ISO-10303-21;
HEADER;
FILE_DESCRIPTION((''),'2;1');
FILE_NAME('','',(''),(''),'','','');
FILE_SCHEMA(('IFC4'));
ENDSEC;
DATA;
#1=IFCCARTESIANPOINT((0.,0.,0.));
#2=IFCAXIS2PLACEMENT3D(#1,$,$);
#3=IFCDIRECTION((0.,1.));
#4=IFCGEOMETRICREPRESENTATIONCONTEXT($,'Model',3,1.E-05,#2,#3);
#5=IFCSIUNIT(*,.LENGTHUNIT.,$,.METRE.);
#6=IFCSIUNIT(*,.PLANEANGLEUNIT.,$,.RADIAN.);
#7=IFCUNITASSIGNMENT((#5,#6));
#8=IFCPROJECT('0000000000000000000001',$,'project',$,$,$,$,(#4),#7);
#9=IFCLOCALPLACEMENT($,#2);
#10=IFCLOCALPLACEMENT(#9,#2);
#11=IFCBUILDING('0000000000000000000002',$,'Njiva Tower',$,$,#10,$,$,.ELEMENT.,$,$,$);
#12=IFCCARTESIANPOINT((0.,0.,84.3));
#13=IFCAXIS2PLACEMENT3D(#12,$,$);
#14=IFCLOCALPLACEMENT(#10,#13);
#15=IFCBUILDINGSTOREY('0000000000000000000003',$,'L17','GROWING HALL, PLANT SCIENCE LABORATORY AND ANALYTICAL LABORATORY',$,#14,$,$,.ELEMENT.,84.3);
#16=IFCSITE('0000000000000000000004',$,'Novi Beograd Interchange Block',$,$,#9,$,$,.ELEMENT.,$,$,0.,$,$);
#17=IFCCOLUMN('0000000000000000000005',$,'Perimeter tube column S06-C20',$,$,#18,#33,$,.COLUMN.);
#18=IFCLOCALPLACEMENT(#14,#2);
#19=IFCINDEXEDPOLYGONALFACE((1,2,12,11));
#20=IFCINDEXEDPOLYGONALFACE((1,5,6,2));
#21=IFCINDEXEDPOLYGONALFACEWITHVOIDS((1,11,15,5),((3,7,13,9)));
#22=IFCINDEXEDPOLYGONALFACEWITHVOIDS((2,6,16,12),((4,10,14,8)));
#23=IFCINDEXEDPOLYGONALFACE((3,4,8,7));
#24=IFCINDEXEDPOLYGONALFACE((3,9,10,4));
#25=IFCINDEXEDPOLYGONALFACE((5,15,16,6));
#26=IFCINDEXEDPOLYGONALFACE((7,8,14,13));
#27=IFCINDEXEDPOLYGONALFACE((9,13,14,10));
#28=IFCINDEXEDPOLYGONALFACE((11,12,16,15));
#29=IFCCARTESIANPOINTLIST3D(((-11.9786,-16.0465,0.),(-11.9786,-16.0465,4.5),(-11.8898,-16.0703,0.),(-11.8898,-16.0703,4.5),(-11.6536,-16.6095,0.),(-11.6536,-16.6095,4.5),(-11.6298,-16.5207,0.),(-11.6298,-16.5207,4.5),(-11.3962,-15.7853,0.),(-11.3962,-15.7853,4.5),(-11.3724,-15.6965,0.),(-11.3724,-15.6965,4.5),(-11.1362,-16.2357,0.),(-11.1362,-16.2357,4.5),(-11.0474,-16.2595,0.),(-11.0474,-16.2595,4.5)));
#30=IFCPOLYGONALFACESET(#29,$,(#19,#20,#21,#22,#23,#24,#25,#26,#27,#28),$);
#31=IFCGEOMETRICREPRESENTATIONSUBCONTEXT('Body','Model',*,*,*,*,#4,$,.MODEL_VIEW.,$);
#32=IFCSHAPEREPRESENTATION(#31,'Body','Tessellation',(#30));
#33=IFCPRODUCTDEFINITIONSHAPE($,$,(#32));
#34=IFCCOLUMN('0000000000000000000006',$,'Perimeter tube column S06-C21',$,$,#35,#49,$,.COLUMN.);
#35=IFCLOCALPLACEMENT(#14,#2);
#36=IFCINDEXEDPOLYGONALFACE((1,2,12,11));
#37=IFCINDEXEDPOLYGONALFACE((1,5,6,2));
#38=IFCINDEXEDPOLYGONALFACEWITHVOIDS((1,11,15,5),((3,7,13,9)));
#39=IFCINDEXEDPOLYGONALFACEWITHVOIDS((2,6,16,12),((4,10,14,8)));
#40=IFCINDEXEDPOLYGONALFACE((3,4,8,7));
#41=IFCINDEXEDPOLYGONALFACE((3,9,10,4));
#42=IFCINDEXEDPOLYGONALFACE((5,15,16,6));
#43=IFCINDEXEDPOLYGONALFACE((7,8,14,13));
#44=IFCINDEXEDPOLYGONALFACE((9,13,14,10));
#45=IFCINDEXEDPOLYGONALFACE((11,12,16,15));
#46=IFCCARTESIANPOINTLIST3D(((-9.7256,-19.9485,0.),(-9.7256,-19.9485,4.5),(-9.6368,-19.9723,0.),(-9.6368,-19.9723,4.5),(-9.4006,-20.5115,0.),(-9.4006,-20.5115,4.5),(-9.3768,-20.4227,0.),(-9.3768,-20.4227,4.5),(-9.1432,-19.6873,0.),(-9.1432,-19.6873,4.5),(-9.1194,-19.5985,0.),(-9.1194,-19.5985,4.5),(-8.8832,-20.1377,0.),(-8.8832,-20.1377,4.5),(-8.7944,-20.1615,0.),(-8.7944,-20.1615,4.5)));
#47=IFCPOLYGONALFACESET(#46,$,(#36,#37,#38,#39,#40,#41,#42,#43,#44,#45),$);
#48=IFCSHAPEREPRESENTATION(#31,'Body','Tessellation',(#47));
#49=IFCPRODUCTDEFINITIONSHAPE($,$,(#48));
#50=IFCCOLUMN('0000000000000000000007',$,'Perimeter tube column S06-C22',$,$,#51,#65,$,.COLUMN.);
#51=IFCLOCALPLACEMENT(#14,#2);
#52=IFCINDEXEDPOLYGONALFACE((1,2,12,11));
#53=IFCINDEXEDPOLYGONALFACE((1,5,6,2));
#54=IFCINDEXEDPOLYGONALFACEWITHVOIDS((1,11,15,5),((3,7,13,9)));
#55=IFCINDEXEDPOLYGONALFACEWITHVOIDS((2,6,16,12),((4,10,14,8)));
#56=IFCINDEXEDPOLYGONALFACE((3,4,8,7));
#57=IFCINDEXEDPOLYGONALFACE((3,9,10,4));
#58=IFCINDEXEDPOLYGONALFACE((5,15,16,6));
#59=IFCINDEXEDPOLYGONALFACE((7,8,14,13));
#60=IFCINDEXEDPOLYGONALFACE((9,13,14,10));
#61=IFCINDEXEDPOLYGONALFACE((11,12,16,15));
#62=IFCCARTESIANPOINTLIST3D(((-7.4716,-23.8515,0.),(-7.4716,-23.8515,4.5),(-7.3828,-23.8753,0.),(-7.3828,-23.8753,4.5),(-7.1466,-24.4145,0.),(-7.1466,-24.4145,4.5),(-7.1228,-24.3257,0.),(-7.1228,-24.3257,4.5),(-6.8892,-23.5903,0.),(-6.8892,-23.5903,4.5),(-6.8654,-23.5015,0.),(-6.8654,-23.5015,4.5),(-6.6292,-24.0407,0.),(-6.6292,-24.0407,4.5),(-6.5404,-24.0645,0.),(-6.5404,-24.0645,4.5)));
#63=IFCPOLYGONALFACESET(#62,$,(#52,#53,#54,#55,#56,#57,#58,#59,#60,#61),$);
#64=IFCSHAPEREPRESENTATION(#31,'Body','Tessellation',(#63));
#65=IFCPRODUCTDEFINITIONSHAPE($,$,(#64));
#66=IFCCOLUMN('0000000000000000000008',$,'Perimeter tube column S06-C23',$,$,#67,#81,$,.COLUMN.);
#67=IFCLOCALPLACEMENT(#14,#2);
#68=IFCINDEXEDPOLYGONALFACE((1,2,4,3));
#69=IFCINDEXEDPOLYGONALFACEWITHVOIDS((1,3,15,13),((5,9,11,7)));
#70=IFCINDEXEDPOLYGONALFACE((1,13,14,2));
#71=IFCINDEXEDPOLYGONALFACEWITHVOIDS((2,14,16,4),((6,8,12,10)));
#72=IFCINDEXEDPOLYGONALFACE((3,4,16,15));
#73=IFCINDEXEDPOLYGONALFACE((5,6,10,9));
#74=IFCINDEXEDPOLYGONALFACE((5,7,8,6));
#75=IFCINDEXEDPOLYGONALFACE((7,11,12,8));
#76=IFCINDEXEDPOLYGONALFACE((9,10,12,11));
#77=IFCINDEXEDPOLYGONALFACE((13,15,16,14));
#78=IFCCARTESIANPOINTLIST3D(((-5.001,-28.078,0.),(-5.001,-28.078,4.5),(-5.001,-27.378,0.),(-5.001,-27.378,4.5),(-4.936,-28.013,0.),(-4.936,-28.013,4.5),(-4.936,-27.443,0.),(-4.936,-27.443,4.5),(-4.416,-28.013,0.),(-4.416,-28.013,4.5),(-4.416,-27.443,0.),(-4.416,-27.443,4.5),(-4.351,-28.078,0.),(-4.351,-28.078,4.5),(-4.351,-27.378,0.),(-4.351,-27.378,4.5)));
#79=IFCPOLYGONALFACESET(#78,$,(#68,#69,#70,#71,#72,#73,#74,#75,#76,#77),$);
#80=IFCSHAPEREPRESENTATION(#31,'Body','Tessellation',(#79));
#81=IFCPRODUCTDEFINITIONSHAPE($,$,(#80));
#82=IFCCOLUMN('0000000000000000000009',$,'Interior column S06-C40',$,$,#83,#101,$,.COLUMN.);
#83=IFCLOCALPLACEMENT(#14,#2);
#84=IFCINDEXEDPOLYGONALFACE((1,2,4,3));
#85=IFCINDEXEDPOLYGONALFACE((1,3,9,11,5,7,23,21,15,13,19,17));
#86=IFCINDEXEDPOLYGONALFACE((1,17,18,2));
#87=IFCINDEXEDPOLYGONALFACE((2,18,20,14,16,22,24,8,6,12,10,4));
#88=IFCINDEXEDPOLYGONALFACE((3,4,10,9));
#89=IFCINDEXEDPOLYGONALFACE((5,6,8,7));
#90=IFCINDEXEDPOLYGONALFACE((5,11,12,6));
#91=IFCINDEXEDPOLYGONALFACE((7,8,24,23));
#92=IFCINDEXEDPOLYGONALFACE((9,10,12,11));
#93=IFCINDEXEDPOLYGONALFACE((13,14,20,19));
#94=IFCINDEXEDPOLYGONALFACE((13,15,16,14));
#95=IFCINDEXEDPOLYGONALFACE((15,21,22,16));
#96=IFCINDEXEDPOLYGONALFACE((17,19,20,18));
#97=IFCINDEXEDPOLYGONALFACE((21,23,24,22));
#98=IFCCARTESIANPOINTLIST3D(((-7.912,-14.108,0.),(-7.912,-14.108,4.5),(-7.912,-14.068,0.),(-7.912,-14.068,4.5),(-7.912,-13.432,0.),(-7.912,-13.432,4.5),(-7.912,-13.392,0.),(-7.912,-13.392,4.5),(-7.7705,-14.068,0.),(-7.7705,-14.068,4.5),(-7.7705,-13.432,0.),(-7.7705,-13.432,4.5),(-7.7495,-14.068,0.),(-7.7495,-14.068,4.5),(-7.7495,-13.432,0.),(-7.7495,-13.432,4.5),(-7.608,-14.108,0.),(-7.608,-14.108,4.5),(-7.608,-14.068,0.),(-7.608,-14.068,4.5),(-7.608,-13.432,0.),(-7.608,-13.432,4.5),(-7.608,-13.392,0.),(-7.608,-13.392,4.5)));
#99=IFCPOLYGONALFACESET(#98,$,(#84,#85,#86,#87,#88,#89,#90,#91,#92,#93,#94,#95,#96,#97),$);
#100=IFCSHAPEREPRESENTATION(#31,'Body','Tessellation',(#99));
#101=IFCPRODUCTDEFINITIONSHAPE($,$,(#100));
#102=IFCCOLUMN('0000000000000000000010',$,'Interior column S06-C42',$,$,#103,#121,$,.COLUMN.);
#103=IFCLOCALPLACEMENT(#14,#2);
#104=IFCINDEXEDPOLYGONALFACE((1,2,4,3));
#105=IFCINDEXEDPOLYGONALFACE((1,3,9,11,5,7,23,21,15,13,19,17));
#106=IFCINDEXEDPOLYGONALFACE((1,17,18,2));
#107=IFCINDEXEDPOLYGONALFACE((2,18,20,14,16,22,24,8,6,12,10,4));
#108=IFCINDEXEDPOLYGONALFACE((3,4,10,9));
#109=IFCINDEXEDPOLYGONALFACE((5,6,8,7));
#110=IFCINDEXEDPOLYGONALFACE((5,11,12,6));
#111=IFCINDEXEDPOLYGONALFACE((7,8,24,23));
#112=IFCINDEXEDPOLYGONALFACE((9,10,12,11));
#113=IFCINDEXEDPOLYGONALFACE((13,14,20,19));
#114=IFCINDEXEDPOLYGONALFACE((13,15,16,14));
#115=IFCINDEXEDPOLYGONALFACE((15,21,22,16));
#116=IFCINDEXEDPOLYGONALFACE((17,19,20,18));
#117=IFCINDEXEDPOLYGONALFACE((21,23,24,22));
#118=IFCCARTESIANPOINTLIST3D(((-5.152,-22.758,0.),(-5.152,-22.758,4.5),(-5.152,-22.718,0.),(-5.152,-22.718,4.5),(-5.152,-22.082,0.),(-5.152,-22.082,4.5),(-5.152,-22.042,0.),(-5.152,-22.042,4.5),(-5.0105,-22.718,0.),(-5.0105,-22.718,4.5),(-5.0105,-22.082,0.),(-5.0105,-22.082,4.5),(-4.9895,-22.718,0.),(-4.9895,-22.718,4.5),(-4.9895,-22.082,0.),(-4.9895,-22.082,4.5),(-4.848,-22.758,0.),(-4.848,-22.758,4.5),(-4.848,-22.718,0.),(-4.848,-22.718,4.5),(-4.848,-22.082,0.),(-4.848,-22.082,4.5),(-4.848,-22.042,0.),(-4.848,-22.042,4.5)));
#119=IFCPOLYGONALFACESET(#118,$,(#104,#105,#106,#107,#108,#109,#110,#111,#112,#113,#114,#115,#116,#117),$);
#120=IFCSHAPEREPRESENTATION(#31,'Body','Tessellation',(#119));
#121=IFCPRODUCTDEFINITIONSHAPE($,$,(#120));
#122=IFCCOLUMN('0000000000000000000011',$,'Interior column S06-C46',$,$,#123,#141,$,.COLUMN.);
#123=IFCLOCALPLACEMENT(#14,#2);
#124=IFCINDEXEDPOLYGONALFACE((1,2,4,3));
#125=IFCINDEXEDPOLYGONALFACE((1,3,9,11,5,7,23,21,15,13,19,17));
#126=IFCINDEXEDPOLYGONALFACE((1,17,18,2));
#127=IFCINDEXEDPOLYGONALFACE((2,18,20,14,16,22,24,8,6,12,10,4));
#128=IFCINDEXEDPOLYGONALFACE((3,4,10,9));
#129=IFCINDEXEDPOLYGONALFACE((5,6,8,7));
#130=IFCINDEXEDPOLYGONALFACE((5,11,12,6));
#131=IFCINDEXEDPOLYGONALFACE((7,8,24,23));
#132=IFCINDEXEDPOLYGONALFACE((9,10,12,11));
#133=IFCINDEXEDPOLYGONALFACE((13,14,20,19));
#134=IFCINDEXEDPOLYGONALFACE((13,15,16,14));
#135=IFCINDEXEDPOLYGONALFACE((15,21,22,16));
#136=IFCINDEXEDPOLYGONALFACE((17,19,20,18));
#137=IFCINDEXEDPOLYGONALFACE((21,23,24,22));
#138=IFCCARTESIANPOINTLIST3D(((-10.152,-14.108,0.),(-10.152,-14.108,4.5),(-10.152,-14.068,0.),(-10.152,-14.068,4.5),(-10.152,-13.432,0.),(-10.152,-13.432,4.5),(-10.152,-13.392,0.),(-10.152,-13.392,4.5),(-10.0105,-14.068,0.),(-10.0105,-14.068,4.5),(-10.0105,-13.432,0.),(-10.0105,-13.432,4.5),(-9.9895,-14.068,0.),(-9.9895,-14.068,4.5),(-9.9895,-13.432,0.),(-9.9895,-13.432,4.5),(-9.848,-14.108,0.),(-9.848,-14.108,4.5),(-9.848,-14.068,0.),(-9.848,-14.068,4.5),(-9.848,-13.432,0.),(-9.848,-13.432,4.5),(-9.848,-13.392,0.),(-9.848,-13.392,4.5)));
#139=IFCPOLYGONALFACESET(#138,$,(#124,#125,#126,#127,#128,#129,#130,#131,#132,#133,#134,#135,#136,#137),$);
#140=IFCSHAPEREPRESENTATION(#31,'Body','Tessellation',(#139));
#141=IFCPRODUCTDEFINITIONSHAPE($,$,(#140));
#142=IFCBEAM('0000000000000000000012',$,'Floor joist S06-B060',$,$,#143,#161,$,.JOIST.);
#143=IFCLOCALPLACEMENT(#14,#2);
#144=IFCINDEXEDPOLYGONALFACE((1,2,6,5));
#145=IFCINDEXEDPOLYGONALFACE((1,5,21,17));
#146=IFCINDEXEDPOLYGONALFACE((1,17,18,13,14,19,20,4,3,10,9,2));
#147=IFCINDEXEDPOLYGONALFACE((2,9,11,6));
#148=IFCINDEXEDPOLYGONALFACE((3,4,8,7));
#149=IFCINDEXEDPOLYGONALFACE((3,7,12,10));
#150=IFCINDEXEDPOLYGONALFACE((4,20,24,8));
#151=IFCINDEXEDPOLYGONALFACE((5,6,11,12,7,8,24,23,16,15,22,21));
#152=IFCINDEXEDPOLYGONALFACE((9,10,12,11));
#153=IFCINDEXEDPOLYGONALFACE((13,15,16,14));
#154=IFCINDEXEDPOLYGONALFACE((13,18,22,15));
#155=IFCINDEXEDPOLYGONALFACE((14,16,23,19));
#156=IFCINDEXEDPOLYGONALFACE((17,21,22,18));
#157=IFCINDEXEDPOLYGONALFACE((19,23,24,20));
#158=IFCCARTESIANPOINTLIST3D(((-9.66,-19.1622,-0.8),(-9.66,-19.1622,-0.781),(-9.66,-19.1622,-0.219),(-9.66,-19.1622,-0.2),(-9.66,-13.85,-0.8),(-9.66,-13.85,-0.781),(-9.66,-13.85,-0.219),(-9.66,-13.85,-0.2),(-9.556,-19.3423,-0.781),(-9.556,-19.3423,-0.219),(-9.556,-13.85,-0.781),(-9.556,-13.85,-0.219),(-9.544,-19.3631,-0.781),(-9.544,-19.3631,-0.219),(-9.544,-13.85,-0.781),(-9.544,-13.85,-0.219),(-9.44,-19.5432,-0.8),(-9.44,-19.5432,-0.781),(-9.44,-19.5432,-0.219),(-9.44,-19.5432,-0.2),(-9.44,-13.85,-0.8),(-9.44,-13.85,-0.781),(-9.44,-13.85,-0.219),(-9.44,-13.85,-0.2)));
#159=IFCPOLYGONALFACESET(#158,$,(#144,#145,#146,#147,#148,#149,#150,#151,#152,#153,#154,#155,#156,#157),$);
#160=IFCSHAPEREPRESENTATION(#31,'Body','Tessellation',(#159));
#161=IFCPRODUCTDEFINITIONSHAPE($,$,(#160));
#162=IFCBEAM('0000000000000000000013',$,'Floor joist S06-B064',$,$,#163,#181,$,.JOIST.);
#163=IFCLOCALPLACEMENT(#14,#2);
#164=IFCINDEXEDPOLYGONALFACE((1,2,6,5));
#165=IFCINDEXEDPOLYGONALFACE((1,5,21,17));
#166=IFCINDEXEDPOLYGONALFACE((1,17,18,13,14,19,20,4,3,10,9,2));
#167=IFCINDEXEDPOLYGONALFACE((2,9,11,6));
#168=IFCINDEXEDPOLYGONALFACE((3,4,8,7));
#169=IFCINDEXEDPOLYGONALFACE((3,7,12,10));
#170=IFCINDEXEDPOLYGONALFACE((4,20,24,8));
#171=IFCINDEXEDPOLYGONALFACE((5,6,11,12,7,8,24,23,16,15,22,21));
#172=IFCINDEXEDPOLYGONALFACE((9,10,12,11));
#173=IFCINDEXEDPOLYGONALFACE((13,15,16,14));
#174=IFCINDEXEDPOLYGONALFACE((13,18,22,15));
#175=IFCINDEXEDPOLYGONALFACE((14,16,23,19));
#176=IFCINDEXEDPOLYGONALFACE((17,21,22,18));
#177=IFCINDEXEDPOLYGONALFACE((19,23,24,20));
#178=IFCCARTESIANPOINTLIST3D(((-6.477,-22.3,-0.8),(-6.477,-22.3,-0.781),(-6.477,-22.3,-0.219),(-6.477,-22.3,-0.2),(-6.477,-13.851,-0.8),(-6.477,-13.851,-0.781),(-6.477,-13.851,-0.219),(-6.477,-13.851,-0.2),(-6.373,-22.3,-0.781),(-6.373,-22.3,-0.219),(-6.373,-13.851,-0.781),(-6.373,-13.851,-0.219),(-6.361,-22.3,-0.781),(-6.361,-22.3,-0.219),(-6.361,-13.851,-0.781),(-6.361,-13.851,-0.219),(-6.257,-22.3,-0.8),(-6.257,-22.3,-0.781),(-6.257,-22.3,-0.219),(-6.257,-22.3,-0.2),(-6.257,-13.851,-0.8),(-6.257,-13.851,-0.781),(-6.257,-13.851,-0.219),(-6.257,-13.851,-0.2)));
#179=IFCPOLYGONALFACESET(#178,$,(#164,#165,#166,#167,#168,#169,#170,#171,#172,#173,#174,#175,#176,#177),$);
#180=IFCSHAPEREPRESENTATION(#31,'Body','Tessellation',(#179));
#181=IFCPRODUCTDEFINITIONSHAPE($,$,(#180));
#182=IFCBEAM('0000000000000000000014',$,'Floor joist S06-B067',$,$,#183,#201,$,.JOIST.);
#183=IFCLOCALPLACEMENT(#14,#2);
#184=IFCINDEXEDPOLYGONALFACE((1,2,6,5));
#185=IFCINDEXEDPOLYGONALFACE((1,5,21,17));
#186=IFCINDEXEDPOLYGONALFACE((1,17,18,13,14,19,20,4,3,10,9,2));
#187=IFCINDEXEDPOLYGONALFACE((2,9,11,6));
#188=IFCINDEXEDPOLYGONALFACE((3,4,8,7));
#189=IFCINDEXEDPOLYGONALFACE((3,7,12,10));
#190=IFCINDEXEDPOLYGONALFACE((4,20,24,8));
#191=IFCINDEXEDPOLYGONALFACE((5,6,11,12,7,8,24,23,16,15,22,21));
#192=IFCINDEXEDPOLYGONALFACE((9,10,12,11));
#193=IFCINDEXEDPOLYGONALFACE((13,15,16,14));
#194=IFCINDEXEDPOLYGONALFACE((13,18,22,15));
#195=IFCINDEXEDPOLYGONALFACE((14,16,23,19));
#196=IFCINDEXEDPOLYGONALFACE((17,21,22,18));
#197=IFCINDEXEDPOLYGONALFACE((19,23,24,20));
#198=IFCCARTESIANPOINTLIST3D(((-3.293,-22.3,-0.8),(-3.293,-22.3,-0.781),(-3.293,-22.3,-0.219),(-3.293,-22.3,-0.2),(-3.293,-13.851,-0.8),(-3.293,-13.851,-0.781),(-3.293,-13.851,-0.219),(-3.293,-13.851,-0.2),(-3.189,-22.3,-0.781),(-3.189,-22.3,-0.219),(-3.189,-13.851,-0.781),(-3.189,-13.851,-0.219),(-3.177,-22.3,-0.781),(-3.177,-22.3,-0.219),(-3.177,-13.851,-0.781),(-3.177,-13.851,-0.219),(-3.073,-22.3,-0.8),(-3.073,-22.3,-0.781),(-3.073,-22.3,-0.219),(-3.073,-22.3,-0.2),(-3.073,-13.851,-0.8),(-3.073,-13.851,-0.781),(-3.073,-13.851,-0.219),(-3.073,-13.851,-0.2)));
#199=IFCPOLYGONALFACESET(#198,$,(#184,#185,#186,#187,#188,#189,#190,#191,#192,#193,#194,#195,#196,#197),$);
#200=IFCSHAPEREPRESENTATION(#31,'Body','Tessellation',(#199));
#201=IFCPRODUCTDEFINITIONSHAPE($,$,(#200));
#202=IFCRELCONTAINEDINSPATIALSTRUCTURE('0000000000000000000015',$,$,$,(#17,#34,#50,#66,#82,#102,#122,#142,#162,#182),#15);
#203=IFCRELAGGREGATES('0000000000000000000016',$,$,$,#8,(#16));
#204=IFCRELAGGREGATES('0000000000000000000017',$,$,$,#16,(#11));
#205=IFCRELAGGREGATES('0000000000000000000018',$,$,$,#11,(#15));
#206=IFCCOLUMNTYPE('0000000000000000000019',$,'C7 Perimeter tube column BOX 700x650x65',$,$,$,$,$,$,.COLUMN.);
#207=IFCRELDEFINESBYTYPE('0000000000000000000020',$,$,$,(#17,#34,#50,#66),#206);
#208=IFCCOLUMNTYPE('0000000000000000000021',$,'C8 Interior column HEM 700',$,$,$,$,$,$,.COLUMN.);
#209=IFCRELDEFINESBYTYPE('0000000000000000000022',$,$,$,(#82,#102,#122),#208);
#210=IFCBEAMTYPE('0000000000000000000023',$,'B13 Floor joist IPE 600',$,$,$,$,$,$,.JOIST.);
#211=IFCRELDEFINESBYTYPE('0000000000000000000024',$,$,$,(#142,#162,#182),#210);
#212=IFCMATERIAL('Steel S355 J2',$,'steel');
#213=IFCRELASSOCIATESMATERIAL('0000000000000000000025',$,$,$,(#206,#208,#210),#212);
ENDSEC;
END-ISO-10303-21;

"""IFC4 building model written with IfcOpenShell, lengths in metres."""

from ifc_helpers import new_model, si_unit, direction, frame, origin, origin_2d, place, context, subcontext, project, spatial, hollow_rectangle, i_section, extrude, clip, halfspace, material, material_profile, profile_set, type_object, element, save


model = new_model("IFC4")

# Units and contexts
model_context = context("Model", 3, precision=1e-05, world=origin(), true_north=direction((0.0, 1.0)))
body_context = subcontext(model_context, "Body", "Model", "MODEL_VIEW")
ifc_project = project(units=[si_unit("LENGTHUNIT", "METRE"), si_unit("PLANEANGLEUNIT", "RADIAN")], contexts=[model_context])

# Site, building, storey
site_placement = place(None, origin())
site = spatial("IfcSite", under=ifc_project, at=site_placement, Name="Novi Beograd Interchange Block", CompositionType="ELEMENT", RefElevation=0.0)
building_placement = place(site_placement, origin())
building = spatial("IfcBuilding", under=site, at=building_placement, Name="Njiva Tower", CompositionType="ELEMENT")
storey_placement = place(building_placement, frame((0.0, 0.0, 84.3)))
storey = spatial("IfcBuildingStorey", under=building, at=storey_placement, Name="L17", Description="GROWING HALL, PLANT SCIENCE LABORATORY AND ANALYTICAL LABORATORY", CompositionType="ELEMENT", Elevation=84.3)

# Columns
ifc_material_1 = material(Name="Steel S355 J2", Category="steel")
ifc_material_profile_1 = material_profile(ifc_material_1, hollow_rectangle(XDim=0.65, YDim=0.7, WallThickness=0.065, at=origin_2d()), Name="BOX 700x650x65")
ifc_profile_set_1 = profile_set([ifc_material_profile_1], Name="Steel S355 J2")
column_type_1 = type_object("IfcColumnType", Name="C7 Perimeter tube column BOX 700x650x65", PredefinedType="COLUMN", material=ifc_profile_set_1)
for number, where, z_axis, x_axis, name in (
    (1, (-11.513, -16.153, 0.0), (0.0, 0.0, 1.0), (0.5, -0.866025, 0.0), "Perimeter tube column S06-C20"),
    (2, (-9.26, -20.055, 0.0), (0.0, 0.0, 1.0), (0.5, -0.866025, 0.0), "Perimeter tube column S06-C21"),
    (3, (-7.006, -23.958, 0.0), (0.0, 0.0, 1.0), (0.5, -0.866025, 0.0), "Perimeter tube column S06-C22"),
    (4, (-4.676, -27.728, 0.0), (0.0, 0.0, 1.0), (1.0, 0.0, 0.0), "Perimeter tube column S06-C23"),
):
    element("IfcColumn", number, at=place(storey_placement, frame(where, z_axis=z_axis, x_axis=x_axis)), inside=storey, type_object=column_type_1, Name=name, PredefinedType="COLUMN", context=body_context, shape_type="SweptSolid", body=[
        extrude(hollow_rectangle(XDim=0.65, YDim=0.7, WallThickness=0.065, at=origin_2d()), origin(), (0.0, 0.0, 1.0), 4.5),
    ])
ifc_material_profile_2 = material_profile(ifc_material_1, i_section(OverallWidth=0.304, OverallDepth=0.716, WebThickness=0.021, FlangeThickness=0.04, at=origin_2d()), Name="HEM 700")
ifc_profile_set_2 = profile_set([ifc_material_profile_2], Name="Steel S355 J2")
column_type_2 = type_object("IfcColumnType", Name="C8 Interior column HEM 700", PredefinedType="COLUMN", material=ifc_profile_set_2)
for number, where, z_axis, x_axis, name in (
    (5, (-7.76, -13.75, 0.0), (0.0, 0.0, 1.0), (1.0, 0.0, 0.0), "Interior column S06-C40"),
    (6, (-5.0, -22.4, 0.0), (0.0, 0.0, 1.0), (1.0, 0.0, 0.0), "Interior column S06-C42"),
    (7, (-10.0, -13.75, 0.0), (0.0, 0.0, 1.0), (1.0, 0.0, 0.0), "Interior column S06-C46"),
):
    element("IfcColumn", number, at=place(storey_placement, frame(where, z_axis=z_axis, x_axis=x_axis)), inside=storey, type_object=column_type_2, Name=name, PredefinedType="COLUMN", context=body_context, shape_type="SweptSolid", body=[
        extrude(i_section(OverallWidth=0.304, OverallDepth=0.716, WebThickness=0.021, FlangeThickness=0.04, at=origin_2d()), origin(), (0.0, 0.0, 1.0), 4.5),
    ])

# Beams
ifc_material_profile_3 = material_profile(ifc_material_1, i_section(OverallWidth=0.22, OverallDepth=0.6, WebThickness=0.012, FlangeThickness=0.019, at=origin_2d()), Name="IPE 600")
ifc_profile_set_3 = profile_set([ifc_material_profile_3], Name="Steel S355 J2")
beam_type_1 = type_object("IfcBeamType", Name="B13 Floor joist IPE 600", PredefinedType="JOIST", material=ifc_profile_set_3)
beam_1_placement = place(storey_placement, frame((-9.55, -13.85, -0.5), z_axis=(0.0, -1.0, 0.0), x_axis=(1.0, 0.0, 0.0)))
element("IfcBeam", 8, at=beam_1_placement, inside=storey, type_object=beam_type_1, Name="Floor joist S06-B060", PredefinedType="JOIST", context=body_context, shape_type="Clipping", body=[
    clip(extrude(i_section(OverallWidth=0.22, OverallDepth=0.6, WebThickness=0.012, FlangeThickness=0.019, at=origin_2d()), origin(), (0.0, 0.0, 1.0), 5.714), halfspace(frame((-0.0433, 0.0, 5.4277), z_axis=(-0.866027, 0.0, 0.499998), x_axis=(0.0, 1.0, 0.0)), False)),
])
for number, where, z_axis, x_axis, name in (
    (9, (-6.367, -13.851, -0.5), (0.0, -1.0, 0.0), (1.0, 0.0, 0.0), "Floor joist S06-B064"),
    (10, (-3.183, -13.851, -0.5), (0.0, -1.0, 0.0), (1.0, 0.0, 0.0), "Floor joist S06-B067"),
):
    element("IfcBeam", number, at=place(storey_placement, frame(where, z_axis=z_axis, x_axis=x_axis)), inside=storey, type_object=beam_type_1, Name=name, PredefinedType="JOIST", context=body_context, shape_type="SweptSolid", body=[
        extrude(i_section(OverallWidth=0.22, OverallDepth=0.6, WebThickness=0.012, FlangeThickness=0.019, at=origin_2d()), origin(), (0.0, 0.0, 1.0), 8.449),
    ])

save(model, "model.ifc")
